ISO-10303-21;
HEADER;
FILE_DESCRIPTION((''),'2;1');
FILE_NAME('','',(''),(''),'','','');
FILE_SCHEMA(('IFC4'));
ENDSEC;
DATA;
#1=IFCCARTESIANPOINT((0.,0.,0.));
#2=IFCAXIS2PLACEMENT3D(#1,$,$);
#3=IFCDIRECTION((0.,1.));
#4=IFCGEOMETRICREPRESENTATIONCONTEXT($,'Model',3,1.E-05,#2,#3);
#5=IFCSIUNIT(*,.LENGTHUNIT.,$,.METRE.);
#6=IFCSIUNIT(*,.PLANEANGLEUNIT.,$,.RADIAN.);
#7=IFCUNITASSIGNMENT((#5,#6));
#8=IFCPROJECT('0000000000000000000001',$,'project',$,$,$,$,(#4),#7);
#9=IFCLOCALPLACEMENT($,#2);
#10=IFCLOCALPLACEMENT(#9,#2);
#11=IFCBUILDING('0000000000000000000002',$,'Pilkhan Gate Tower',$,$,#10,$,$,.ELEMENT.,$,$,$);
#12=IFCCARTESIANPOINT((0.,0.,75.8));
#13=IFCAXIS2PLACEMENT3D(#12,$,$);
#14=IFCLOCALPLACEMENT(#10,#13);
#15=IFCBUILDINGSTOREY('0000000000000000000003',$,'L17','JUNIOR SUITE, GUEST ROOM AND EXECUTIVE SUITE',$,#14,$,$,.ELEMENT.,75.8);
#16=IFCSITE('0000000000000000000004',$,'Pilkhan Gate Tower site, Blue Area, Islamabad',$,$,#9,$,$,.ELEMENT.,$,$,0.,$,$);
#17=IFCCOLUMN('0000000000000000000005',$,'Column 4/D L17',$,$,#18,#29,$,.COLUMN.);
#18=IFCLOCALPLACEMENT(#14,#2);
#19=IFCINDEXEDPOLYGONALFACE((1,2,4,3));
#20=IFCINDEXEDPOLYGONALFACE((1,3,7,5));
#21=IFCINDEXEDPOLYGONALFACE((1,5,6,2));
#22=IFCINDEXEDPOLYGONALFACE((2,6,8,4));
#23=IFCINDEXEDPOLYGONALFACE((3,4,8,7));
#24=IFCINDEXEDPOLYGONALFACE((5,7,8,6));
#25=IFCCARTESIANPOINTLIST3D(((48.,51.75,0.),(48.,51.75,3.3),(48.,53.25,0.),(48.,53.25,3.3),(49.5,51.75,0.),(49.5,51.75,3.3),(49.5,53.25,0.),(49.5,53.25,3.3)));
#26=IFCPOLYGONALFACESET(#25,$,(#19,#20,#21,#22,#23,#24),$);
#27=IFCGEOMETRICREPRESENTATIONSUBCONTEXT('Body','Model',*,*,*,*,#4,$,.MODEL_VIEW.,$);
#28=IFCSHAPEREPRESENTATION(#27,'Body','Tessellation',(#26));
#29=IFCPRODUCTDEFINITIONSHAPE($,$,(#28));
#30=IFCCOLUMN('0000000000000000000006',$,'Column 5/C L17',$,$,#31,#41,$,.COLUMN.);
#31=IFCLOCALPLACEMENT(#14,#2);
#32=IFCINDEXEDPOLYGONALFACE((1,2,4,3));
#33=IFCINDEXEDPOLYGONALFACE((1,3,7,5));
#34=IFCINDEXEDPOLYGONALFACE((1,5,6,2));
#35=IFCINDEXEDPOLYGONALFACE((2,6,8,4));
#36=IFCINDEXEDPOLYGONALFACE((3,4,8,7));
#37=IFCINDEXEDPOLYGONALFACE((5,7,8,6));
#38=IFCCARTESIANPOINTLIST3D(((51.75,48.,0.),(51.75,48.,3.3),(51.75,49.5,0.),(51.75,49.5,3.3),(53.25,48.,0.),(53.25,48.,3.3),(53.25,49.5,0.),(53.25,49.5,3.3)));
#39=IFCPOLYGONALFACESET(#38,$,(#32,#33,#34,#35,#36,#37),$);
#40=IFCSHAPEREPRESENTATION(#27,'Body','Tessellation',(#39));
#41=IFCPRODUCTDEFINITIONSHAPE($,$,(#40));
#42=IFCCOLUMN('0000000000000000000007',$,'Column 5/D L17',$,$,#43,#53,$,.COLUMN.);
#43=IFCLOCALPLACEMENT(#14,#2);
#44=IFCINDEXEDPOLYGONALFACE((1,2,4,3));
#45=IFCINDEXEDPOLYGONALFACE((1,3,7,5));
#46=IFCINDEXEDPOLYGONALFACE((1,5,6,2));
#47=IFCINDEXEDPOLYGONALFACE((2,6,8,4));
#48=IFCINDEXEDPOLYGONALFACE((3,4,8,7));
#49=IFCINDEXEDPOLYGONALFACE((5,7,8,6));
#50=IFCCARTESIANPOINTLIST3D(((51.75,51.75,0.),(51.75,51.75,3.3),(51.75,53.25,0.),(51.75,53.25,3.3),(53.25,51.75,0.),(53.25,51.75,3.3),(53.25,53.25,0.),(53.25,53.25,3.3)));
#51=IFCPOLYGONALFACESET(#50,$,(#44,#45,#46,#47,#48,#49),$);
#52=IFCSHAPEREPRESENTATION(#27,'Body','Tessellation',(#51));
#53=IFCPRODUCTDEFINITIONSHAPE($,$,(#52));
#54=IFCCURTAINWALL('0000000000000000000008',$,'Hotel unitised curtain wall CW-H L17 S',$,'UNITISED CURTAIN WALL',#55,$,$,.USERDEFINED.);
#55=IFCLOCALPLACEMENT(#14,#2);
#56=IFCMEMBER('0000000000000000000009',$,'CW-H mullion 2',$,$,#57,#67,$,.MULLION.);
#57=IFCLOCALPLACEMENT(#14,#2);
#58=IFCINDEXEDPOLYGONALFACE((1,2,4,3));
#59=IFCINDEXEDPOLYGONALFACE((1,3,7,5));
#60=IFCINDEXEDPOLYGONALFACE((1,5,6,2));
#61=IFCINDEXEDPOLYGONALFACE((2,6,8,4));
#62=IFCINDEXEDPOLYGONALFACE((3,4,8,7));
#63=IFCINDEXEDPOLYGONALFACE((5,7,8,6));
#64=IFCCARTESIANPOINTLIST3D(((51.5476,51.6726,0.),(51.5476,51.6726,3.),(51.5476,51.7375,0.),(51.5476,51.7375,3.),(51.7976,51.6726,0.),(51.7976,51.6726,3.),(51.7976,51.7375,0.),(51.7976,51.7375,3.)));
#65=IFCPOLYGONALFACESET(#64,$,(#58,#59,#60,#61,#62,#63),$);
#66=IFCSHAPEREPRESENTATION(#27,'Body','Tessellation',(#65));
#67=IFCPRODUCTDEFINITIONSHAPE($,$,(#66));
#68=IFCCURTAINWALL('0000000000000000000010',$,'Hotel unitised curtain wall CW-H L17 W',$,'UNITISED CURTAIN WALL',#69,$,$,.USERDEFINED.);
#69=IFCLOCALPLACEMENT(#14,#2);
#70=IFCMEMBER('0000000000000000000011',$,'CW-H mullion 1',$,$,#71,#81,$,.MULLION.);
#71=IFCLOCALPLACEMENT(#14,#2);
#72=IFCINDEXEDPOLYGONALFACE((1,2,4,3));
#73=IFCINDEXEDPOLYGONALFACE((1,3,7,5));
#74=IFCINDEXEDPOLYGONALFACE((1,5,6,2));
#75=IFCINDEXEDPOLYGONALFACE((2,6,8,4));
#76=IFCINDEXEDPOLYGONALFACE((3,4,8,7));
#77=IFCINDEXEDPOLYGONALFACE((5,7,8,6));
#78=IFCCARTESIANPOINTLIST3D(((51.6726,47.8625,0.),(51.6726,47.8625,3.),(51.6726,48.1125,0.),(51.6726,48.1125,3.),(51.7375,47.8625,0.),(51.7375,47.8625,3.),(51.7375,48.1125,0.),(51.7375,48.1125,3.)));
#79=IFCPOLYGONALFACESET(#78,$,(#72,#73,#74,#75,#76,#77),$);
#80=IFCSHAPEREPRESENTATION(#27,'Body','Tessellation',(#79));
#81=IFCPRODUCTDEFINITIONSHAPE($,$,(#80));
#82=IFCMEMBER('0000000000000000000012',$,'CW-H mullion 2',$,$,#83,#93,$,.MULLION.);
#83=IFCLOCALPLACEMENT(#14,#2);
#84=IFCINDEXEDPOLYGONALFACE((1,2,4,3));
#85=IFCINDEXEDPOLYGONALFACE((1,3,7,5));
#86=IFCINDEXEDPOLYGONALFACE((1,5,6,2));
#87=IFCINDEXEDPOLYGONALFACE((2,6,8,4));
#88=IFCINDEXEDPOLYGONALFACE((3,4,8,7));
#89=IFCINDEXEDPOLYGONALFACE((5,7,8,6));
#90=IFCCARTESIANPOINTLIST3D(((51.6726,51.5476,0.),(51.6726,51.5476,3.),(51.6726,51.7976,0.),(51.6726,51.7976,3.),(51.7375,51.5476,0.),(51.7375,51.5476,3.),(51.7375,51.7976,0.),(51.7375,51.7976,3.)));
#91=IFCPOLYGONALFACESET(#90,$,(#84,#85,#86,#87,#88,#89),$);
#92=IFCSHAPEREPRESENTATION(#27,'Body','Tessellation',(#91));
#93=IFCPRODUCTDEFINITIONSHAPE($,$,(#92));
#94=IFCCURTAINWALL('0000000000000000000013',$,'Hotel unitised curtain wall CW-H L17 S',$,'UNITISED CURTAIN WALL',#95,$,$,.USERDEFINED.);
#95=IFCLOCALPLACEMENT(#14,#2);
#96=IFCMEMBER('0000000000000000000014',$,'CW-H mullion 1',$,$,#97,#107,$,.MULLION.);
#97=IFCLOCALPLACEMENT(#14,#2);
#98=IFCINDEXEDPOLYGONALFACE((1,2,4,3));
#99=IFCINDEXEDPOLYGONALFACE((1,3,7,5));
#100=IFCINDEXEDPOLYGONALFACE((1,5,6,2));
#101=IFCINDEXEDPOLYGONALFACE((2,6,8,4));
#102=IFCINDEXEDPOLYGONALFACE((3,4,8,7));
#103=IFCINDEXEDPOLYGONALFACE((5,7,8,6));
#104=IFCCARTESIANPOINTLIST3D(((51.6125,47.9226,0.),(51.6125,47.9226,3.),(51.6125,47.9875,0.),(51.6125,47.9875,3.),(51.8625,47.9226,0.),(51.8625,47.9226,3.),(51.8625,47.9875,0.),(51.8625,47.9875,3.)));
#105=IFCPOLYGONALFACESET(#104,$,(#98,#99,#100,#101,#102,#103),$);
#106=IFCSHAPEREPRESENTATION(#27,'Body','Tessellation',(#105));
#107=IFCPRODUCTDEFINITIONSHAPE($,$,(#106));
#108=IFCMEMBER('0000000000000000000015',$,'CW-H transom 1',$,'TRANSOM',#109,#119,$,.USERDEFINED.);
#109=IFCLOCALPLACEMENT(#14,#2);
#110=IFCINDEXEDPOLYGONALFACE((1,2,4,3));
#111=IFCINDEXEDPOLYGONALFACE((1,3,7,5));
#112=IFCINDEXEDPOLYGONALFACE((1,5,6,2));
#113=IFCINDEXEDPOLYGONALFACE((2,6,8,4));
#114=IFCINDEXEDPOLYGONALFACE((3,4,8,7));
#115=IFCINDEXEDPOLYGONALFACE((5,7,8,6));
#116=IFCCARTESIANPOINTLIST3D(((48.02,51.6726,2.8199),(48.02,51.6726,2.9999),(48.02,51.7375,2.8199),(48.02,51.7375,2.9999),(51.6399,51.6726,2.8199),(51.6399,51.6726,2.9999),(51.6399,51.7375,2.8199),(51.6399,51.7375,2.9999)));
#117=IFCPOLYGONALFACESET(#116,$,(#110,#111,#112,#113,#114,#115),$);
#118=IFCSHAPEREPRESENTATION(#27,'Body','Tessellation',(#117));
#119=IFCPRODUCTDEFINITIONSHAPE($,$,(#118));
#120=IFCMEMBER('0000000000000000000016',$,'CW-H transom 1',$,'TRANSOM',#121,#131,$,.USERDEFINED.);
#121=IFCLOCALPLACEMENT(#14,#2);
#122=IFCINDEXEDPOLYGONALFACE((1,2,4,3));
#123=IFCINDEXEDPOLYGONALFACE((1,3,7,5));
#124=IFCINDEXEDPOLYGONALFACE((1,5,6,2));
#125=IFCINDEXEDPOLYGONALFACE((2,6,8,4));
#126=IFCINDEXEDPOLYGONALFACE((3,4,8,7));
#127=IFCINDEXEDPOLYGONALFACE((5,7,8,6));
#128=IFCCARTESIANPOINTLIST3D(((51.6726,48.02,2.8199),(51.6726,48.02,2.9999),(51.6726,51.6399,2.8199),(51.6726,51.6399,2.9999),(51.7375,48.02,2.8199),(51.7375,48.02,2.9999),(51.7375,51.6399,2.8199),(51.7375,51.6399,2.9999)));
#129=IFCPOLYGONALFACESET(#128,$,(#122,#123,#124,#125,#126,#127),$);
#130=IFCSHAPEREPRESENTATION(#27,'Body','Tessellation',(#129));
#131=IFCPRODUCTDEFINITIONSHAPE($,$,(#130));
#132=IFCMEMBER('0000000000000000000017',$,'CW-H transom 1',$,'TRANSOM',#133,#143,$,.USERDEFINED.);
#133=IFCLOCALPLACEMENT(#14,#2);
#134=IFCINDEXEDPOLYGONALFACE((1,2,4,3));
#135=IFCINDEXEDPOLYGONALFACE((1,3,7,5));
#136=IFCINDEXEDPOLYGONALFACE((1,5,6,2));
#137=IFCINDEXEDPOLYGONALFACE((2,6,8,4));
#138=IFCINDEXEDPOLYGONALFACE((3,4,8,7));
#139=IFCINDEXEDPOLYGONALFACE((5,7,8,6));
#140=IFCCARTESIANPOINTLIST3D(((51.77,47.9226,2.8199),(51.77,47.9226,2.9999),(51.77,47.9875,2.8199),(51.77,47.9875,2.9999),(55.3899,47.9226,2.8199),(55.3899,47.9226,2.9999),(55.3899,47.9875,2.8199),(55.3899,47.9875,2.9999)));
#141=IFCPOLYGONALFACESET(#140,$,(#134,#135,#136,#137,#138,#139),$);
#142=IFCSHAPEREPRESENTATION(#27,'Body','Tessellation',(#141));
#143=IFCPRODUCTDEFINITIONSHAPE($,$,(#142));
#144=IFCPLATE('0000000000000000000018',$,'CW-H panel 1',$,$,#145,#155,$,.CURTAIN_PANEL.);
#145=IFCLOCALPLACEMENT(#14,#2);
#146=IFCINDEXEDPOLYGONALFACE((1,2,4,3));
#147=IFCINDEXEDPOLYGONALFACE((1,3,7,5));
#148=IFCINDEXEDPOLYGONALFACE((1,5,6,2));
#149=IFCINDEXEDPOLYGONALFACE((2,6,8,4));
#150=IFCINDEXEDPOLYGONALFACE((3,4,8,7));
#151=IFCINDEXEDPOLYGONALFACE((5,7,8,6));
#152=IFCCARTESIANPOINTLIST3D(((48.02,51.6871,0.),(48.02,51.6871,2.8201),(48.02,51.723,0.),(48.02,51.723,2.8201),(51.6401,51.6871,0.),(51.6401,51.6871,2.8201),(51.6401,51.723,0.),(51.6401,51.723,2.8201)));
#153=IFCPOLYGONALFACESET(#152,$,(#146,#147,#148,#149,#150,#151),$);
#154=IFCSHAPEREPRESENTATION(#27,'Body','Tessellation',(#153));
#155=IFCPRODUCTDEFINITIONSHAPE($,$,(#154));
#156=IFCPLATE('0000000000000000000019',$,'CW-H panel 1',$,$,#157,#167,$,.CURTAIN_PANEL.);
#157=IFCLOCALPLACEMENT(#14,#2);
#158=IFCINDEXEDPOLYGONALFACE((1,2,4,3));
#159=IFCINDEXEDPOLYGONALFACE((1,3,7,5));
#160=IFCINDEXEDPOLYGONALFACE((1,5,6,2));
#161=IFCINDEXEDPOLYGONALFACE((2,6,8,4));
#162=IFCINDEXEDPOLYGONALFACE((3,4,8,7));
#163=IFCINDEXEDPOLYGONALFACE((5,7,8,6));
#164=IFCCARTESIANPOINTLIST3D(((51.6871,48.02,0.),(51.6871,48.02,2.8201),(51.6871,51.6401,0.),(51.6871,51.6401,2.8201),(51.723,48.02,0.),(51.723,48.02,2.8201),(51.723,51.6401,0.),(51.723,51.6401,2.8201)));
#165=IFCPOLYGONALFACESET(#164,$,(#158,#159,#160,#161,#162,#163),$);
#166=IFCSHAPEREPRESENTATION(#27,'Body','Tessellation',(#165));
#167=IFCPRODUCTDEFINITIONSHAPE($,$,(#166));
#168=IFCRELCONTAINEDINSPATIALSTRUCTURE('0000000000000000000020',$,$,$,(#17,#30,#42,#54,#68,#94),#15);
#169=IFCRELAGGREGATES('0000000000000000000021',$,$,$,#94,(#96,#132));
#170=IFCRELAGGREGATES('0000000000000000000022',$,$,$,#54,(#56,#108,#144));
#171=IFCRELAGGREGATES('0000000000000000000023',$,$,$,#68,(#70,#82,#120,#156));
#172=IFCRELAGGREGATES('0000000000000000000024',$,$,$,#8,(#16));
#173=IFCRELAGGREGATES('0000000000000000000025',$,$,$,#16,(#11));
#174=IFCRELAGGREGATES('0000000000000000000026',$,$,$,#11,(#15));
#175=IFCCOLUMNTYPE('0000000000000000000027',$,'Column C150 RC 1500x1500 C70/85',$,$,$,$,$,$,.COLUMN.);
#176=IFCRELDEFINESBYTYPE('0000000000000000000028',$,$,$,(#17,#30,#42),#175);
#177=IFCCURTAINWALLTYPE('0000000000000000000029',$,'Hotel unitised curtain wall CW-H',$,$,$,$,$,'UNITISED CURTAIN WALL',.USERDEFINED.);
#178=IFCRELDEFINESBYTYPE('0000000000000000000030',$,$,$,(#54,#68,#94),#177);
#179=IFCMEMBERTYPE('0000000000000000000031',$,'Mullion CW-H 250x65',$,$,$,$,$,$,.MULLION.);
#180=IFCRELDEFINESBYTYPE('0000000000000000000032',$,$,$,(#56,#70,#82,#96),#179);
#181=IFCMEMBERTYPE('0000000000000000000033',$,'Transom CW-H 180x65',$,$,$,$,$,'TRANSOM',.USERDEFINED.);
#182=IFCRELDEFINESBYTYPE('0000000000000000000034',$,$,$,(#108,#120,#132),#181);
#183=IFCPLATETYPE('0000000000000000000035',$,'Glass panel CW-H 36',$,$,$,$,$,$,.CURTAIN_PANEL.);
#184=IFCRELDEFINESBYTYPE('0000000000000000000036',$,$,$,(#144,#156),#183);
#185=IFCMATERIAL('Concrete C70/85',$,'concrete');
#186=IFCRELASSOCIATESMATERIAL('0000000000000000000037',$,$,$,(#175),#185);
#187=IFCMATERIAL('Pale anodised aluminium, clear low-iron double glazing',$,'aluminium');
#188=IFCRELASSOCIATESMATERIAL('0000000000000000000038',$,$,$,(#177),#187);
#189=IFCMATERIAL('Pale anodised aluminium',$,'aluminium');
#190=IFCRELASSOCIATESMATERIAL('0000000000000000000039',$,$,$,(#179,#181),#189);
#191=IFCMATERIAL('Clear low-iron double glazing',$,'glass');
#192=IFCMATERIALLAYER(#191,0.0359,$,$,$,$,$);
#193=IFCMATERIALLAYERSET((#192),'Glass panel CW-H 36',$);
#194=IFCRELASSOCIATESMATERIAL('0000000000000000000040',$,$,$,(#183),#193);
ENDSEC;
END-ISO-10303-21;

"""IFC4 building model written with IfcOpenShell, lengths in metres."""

from ifc_helpers import new_model, si_unit, direction, frame, origin, origin_2d, place, context, subcontext, project, spatial, rectangle, extrude, material, layer, layer_set, material_profile, profile_set, type_object, element, aggregate, save


model = new_model("IFC4")

# Units and contexts
model_context = context("Model", 3, precision=1e-05, world=origin(), true_north=direction((0.0, 1.0)))
body_context = subcontext(model_context, "Body", "Model", "MODEL_VIEW")
ifc_project = project(units=[si_unit("LENGTHUNIT", "METRE"), si_unit("PLANEANGLEUNIT", "RADIAN")], contexts=[model_context])

# Site, building, storey
site_placement = place(None, origin())
site = spatial("IfcSite", under=ifc_project, at=site_placement, Name="Pilkhan Gate Tower site, Blue Area, Islamabad", CompositionType="ELEMENT", RefElevation=0.0)
building_placement = place(site_placement, origin())
building = spatial("IfcBuilding", under=site, at=building_placement, Name="Pilkhan Gate Tower", CompositionType="ELEMENT")
storey_placement = place(building_placement, frame((0.0, 0.0, 75.8)))
storey = spatial("IfcBuildingStorey", under=building, at=storey_placement, Name="L17", Description="JUNIOR SUITE, GUEST ROOM AND EXECUTIVE SUITE", CompositionType="ELEMENT", Elevation=75.8)

# Columns
ifc_material_1 = material(Name="Concrete C70/85", Category="concrete")
ifc_material_profile_1 = material_profile(ifc_material_1, rectangle(XDim=1.5, YDim=1.5, at=origin_2d()), Name="RC 1500x1500")
ifc_profile_set_1 = profile_set([ifc_material_profile_1], Name="Concrete C70/85")
column_type = type_object("IfcColumnType", Name="Column C150 RC 1500x1500 C70/85", PredefinedType="COLUMN", material=ifc_profile_set_1)
for number, where, z_axis, x_axis, name in (
    (1, (48.75, 52.5, 0.0), (0.0, 0.0, 1.0), (1.0, 0.0, 0.0), "Column 4/D L17"),
    (2, (52.5, 48.75, 0.0), (0.0, 0.0, 1.0), (1.0, 0.0, 0.0), "Column 5/C L17"),
    (3, (52.5, 52.5, 0.0), (0.0, 0.0, 1.0), (1.0, 0.0, 0.0), "Column 5/D L17"),
):
    element("IfcColumn", number, at=place(storey_placement, frame(where, z_axis=z_axis, x_axis=x_axis)), inside=storey, type_object=column_type, Name=name, PredefinedType="COLUMN", context=body_context, shape_type="SweptSolid", body=[
        extrude(rectangle(XDim=1.5, YDim=1.5, at=origin_2d()), origin(), (0.0, 0.0, 1.0), 3.3),
    ])

# Curtain wall, member
ifc_material_2 = material(Name="Pale anodised aluminium, clear low-iron double glazing", Category="aluminium")
curtain_wall_type = type_object("IfcCurtainWallType", Name="Hotel unitised curtain wall CW-H", ElementType="UNITISED CURTAIN WALL", PredefinedType="USERDEFINED", material=ifc_material_2)
curtain_wall_1_placement = place(storey_placement, origin())
curtain_wall_1 = element("IfcCurtainWall", 4, at=curtain_wall_1_placement, inside=storey, type_object=curtain_wall_type, Name="Hotel unitised curtain wall CW-H L17 S", ObjectType="UNITISED CURTAIN WALL", PredefinedType="USERDEFINED")
ifc_material_3 = material(Name="Pale anodised aluminium", Category="aluminium")
ifc_material_profile_2 = material_profile(ifc_material_3, rectangle(XDim=0.0649, YDim=0.25, at=origin_2d()), Name="Mullion 250x65")
ifc_profile_set_2 = profile_set([ifc_material_profile_2], Name="Pale anodised aluminium")
member_type_1 = type_object("IfcMemberType", Name="Mullion CW-H 250x65", PredefinedType="MULLION", material=ifc_profile_set_2)
member_1_placement = place(storey_placement, frame((51.6726, 51.7051, 0.0), z_axis=(0.0, 0.0, 1.0), x_axis=(0.0, 1.0, 0.0)))
member_1 = element("IfcMember", 5, at=member_1_placement, type_object=member_type_1, Name="CW-H mullion 2", PredefinedType="MULLION", context=body_context, shape_type="SweptSolid", body=[
    extrude(rectangle(XDim=0.0649, YDim=0.25, at=origin_2d()), origin(), (0.0, 0.0, 1.0), 3.0),
])

# Curtain wall, members
curtain_wall_2_placement = place(storey_placement, origin())
curtain_wall_2 = element("IfcCurtainWall", 6, at=curtain_wall_2_placement, inside=storey, type_object=curtain_wall_type, Name="Hotel unitised curtain wall CW-H L17 W", ObjectType="UNITISED CURTAIN WALL", PredefinedType="USERDEFINED")
member_2_placement = place(storey_placement, frame((51.7051, 47.9875, 0.0), z_axis=(0.0, 0.0, 1.0), x_axis=(-1.0, 0.0, 0.0)))
member_2 = element("IfcMember", 7, at=member_2_placement, type_object=member_type_1, Name="CW-H mullion 1", PredefinedType="MULLION", context=body_context, shape_type="SweptSolid", body=[
    extrude(rectangle(XDim=0.0649, YDim=0.25, at=origin_2d()), origin(), (0.0, 0.0, 1.0), 3.0),
])
member_3_placement = place(storey_placement, frame((51.7051, 51.6726, 0.0), z_axis=(0.0, 0.0, 1.0), x_axis=(-1.0, 0.0, 0.0)))
member_3 = element("IfcMember", 8, at=member_3_placement, type_object=member_type_1, Name="CW-H mullion 2", PredefinedType="MULLION", context=body_context, shape_type="SweptSolid", body=[
    extrude(rectangle(XDim=0.0649, YDim=0.25, at=origin_2d()), origin(), (0.0, 0.0, 1.0), 3.0),
])

# Curtain wall, member
curtain_wall_3_placement = place(storey_placement, origin())
curtain_wall_3 = element("IfcCurtainWall", 9, at=curtain_wall_3_placement, inside=storey, type_object=curtain_wall_type, Name="Hotel unitised curtain wall CW-H L17 S", ObjectType="UNITISED CURTAIN WALL", PredefinedType="USERDEFINED")
member_4_placement = place(storey_placement, frame((51.7375, 47.9551, 0.0), z_axis=(0.0, 0.0, 1.0), x_axis=(0.0, 1.0, 0.0)))
member_4 = element("IfcMember", 10, at=member_4_placement, type_object=member_type_1, Name="CW-H mullion 1", PredefinedType="MULLION", context=body_context, shape_type="SweptSolid", body=[
    extrude(rectangle(XDim=0.0649, YDim=0.25, at=origin_2d()), origin(), (0.0, 0.0, 1.0), 3.0),
])

# Members
ifc_material_profile_3 = material_profile(ifc_material_3, rectangle(XDim=0.0649, YDim=0.1799, at=origin_2d()), Name="Transom 180x65")
ifc_profile_set_3 = profile_set([ifc_material_profile_3], Name="Pale anodised aluminium")
member_type_2 = type_object("IfcMemberType", Name="Transom CW-H 180x65", ElementType="TRANSOM", PredefinedType="USERDEFINED", material=ifc_profile_set_3)
member_5_placement = place(storey_placement, frame((48.02, 51.7051, 2.9099), z_axis=(1.0, 0.0, 0.0), x_axis=(0.0, 1.0, 0.0)))
member_5 = element("IfcMember", 11, at=member_5_placement, type_object=member_type_2, Name="CW-H transom 1", ObjectType="TRANSOM", PredefinedType="USERDEFINED", context=body_context, shape_type="SweptSolid", body=[
    extrude(rectangle(XDim=0.0649, YDim=0.1799, at=origin_2d()), origin(), (0.0, 0.0, 1.0), 3.6199),
])
member_6_placement = place(storey_placement, frame((51.7051, 48.02, 2.9099), z_axis=(0.0, 1.0, 0.0), x_axis=(-1.0, 0.0, 0.0)))
member_6 = element("IfcMember", 12, at=member_6_placement, type_object=member_type_2, Name="CW-H transom 1", ObjectType="TRANSOM", PredefinedType="USERDEFINED", context=body_context, shape_type="SweptSolid", body=[
    extrude(rectangle(XDim=0.0649, YDim=0.1799, at=origin_2d()), origin(), (0.0, 0.0, 1.0), 3.6199),
])
member_7_placement = place(storey_placement, frame((51.77, 47.9551, 2.9099), z_axis=(1.0, 0.0, 0.0), x_axis=(0.0, 1.0, 0.0)))
member_7 = element("IfcMember", 13, at=member_7_placement, type_object=member_type_2, Name="CW-H transom 1", ObjectType="TRANSOM", PredefinedType="USERDEFINED", context=body_context, shape_type="SweptSolid", body=[
    extrude(rectangle(XDim=0.0649, YDim=0.1799, at=origin_2d()), origin(), (0.0, 0.0, 1.0), 3.6199),
])
aggregate(curtain_wall_3, [member_4, member_7])

# Plates
ifc_material_4 = material(Name="Clear low-iron double glazing", Category="glass")
ifc_layer_1 = layer(ifc_material_4, 0.0359)
ifc_layer_set_1 = layer_set([ifc_layer_1], Name="Glass panel CW-H 36")
plate_type = type_object("IfcPlateType", Name="Glass panel CW-H 36", PredefinedType="CURTAIN_PANEL", material=ifc_layer_set_1)
plate_1_placement = place(storey_placement, frame((49.8301, 51.7051, 0.0), z_axis=(0.0, 0.0, 1.0), x_axis=(1.0, 0.0, 0.0)))
plate_1 = element("IfcPlate", 14, at=plate_1_placement, type_object=plate_type, Name="CW-H panel 1", PredefinedType="CURTAIN_PANEL", context=body_context, shape_type="SweptSolid", body=[
    extrude(rectangle(XDim=3.6201, YDim=0.0359, at=origin_2d()), origin(), (0.0, 0.0, 1.0), 2.8201),
])
aggregate(curtain_wall_1, [member_1, member_5, plate_1])
plate_2_placement = place(storey_placement, frame((51.7051, 49.8301, 0.0), z_axis=(0.0, 0.0, 1.0), x_axis=(0.0, 1.0, 0.0)))
plate_2 = element("IfcPlate", 15, at=plate_2_placement, type_object=plate_type, Name="CW-H panel 1", PredefinedType="CURTAIN_PANEL", context=body_context, shape_type="SweptSolid", body=[
    extrude(rectangle(XDim=3.6201, YDim=0.0359, at=origin_2d()), origin(), (0.0, 0.0, 1.0), 2.8201),
])
aggregate(curtain_wall_2, [member_2, member_3, member_6, plate_2])

save(model, "model.ifc")
